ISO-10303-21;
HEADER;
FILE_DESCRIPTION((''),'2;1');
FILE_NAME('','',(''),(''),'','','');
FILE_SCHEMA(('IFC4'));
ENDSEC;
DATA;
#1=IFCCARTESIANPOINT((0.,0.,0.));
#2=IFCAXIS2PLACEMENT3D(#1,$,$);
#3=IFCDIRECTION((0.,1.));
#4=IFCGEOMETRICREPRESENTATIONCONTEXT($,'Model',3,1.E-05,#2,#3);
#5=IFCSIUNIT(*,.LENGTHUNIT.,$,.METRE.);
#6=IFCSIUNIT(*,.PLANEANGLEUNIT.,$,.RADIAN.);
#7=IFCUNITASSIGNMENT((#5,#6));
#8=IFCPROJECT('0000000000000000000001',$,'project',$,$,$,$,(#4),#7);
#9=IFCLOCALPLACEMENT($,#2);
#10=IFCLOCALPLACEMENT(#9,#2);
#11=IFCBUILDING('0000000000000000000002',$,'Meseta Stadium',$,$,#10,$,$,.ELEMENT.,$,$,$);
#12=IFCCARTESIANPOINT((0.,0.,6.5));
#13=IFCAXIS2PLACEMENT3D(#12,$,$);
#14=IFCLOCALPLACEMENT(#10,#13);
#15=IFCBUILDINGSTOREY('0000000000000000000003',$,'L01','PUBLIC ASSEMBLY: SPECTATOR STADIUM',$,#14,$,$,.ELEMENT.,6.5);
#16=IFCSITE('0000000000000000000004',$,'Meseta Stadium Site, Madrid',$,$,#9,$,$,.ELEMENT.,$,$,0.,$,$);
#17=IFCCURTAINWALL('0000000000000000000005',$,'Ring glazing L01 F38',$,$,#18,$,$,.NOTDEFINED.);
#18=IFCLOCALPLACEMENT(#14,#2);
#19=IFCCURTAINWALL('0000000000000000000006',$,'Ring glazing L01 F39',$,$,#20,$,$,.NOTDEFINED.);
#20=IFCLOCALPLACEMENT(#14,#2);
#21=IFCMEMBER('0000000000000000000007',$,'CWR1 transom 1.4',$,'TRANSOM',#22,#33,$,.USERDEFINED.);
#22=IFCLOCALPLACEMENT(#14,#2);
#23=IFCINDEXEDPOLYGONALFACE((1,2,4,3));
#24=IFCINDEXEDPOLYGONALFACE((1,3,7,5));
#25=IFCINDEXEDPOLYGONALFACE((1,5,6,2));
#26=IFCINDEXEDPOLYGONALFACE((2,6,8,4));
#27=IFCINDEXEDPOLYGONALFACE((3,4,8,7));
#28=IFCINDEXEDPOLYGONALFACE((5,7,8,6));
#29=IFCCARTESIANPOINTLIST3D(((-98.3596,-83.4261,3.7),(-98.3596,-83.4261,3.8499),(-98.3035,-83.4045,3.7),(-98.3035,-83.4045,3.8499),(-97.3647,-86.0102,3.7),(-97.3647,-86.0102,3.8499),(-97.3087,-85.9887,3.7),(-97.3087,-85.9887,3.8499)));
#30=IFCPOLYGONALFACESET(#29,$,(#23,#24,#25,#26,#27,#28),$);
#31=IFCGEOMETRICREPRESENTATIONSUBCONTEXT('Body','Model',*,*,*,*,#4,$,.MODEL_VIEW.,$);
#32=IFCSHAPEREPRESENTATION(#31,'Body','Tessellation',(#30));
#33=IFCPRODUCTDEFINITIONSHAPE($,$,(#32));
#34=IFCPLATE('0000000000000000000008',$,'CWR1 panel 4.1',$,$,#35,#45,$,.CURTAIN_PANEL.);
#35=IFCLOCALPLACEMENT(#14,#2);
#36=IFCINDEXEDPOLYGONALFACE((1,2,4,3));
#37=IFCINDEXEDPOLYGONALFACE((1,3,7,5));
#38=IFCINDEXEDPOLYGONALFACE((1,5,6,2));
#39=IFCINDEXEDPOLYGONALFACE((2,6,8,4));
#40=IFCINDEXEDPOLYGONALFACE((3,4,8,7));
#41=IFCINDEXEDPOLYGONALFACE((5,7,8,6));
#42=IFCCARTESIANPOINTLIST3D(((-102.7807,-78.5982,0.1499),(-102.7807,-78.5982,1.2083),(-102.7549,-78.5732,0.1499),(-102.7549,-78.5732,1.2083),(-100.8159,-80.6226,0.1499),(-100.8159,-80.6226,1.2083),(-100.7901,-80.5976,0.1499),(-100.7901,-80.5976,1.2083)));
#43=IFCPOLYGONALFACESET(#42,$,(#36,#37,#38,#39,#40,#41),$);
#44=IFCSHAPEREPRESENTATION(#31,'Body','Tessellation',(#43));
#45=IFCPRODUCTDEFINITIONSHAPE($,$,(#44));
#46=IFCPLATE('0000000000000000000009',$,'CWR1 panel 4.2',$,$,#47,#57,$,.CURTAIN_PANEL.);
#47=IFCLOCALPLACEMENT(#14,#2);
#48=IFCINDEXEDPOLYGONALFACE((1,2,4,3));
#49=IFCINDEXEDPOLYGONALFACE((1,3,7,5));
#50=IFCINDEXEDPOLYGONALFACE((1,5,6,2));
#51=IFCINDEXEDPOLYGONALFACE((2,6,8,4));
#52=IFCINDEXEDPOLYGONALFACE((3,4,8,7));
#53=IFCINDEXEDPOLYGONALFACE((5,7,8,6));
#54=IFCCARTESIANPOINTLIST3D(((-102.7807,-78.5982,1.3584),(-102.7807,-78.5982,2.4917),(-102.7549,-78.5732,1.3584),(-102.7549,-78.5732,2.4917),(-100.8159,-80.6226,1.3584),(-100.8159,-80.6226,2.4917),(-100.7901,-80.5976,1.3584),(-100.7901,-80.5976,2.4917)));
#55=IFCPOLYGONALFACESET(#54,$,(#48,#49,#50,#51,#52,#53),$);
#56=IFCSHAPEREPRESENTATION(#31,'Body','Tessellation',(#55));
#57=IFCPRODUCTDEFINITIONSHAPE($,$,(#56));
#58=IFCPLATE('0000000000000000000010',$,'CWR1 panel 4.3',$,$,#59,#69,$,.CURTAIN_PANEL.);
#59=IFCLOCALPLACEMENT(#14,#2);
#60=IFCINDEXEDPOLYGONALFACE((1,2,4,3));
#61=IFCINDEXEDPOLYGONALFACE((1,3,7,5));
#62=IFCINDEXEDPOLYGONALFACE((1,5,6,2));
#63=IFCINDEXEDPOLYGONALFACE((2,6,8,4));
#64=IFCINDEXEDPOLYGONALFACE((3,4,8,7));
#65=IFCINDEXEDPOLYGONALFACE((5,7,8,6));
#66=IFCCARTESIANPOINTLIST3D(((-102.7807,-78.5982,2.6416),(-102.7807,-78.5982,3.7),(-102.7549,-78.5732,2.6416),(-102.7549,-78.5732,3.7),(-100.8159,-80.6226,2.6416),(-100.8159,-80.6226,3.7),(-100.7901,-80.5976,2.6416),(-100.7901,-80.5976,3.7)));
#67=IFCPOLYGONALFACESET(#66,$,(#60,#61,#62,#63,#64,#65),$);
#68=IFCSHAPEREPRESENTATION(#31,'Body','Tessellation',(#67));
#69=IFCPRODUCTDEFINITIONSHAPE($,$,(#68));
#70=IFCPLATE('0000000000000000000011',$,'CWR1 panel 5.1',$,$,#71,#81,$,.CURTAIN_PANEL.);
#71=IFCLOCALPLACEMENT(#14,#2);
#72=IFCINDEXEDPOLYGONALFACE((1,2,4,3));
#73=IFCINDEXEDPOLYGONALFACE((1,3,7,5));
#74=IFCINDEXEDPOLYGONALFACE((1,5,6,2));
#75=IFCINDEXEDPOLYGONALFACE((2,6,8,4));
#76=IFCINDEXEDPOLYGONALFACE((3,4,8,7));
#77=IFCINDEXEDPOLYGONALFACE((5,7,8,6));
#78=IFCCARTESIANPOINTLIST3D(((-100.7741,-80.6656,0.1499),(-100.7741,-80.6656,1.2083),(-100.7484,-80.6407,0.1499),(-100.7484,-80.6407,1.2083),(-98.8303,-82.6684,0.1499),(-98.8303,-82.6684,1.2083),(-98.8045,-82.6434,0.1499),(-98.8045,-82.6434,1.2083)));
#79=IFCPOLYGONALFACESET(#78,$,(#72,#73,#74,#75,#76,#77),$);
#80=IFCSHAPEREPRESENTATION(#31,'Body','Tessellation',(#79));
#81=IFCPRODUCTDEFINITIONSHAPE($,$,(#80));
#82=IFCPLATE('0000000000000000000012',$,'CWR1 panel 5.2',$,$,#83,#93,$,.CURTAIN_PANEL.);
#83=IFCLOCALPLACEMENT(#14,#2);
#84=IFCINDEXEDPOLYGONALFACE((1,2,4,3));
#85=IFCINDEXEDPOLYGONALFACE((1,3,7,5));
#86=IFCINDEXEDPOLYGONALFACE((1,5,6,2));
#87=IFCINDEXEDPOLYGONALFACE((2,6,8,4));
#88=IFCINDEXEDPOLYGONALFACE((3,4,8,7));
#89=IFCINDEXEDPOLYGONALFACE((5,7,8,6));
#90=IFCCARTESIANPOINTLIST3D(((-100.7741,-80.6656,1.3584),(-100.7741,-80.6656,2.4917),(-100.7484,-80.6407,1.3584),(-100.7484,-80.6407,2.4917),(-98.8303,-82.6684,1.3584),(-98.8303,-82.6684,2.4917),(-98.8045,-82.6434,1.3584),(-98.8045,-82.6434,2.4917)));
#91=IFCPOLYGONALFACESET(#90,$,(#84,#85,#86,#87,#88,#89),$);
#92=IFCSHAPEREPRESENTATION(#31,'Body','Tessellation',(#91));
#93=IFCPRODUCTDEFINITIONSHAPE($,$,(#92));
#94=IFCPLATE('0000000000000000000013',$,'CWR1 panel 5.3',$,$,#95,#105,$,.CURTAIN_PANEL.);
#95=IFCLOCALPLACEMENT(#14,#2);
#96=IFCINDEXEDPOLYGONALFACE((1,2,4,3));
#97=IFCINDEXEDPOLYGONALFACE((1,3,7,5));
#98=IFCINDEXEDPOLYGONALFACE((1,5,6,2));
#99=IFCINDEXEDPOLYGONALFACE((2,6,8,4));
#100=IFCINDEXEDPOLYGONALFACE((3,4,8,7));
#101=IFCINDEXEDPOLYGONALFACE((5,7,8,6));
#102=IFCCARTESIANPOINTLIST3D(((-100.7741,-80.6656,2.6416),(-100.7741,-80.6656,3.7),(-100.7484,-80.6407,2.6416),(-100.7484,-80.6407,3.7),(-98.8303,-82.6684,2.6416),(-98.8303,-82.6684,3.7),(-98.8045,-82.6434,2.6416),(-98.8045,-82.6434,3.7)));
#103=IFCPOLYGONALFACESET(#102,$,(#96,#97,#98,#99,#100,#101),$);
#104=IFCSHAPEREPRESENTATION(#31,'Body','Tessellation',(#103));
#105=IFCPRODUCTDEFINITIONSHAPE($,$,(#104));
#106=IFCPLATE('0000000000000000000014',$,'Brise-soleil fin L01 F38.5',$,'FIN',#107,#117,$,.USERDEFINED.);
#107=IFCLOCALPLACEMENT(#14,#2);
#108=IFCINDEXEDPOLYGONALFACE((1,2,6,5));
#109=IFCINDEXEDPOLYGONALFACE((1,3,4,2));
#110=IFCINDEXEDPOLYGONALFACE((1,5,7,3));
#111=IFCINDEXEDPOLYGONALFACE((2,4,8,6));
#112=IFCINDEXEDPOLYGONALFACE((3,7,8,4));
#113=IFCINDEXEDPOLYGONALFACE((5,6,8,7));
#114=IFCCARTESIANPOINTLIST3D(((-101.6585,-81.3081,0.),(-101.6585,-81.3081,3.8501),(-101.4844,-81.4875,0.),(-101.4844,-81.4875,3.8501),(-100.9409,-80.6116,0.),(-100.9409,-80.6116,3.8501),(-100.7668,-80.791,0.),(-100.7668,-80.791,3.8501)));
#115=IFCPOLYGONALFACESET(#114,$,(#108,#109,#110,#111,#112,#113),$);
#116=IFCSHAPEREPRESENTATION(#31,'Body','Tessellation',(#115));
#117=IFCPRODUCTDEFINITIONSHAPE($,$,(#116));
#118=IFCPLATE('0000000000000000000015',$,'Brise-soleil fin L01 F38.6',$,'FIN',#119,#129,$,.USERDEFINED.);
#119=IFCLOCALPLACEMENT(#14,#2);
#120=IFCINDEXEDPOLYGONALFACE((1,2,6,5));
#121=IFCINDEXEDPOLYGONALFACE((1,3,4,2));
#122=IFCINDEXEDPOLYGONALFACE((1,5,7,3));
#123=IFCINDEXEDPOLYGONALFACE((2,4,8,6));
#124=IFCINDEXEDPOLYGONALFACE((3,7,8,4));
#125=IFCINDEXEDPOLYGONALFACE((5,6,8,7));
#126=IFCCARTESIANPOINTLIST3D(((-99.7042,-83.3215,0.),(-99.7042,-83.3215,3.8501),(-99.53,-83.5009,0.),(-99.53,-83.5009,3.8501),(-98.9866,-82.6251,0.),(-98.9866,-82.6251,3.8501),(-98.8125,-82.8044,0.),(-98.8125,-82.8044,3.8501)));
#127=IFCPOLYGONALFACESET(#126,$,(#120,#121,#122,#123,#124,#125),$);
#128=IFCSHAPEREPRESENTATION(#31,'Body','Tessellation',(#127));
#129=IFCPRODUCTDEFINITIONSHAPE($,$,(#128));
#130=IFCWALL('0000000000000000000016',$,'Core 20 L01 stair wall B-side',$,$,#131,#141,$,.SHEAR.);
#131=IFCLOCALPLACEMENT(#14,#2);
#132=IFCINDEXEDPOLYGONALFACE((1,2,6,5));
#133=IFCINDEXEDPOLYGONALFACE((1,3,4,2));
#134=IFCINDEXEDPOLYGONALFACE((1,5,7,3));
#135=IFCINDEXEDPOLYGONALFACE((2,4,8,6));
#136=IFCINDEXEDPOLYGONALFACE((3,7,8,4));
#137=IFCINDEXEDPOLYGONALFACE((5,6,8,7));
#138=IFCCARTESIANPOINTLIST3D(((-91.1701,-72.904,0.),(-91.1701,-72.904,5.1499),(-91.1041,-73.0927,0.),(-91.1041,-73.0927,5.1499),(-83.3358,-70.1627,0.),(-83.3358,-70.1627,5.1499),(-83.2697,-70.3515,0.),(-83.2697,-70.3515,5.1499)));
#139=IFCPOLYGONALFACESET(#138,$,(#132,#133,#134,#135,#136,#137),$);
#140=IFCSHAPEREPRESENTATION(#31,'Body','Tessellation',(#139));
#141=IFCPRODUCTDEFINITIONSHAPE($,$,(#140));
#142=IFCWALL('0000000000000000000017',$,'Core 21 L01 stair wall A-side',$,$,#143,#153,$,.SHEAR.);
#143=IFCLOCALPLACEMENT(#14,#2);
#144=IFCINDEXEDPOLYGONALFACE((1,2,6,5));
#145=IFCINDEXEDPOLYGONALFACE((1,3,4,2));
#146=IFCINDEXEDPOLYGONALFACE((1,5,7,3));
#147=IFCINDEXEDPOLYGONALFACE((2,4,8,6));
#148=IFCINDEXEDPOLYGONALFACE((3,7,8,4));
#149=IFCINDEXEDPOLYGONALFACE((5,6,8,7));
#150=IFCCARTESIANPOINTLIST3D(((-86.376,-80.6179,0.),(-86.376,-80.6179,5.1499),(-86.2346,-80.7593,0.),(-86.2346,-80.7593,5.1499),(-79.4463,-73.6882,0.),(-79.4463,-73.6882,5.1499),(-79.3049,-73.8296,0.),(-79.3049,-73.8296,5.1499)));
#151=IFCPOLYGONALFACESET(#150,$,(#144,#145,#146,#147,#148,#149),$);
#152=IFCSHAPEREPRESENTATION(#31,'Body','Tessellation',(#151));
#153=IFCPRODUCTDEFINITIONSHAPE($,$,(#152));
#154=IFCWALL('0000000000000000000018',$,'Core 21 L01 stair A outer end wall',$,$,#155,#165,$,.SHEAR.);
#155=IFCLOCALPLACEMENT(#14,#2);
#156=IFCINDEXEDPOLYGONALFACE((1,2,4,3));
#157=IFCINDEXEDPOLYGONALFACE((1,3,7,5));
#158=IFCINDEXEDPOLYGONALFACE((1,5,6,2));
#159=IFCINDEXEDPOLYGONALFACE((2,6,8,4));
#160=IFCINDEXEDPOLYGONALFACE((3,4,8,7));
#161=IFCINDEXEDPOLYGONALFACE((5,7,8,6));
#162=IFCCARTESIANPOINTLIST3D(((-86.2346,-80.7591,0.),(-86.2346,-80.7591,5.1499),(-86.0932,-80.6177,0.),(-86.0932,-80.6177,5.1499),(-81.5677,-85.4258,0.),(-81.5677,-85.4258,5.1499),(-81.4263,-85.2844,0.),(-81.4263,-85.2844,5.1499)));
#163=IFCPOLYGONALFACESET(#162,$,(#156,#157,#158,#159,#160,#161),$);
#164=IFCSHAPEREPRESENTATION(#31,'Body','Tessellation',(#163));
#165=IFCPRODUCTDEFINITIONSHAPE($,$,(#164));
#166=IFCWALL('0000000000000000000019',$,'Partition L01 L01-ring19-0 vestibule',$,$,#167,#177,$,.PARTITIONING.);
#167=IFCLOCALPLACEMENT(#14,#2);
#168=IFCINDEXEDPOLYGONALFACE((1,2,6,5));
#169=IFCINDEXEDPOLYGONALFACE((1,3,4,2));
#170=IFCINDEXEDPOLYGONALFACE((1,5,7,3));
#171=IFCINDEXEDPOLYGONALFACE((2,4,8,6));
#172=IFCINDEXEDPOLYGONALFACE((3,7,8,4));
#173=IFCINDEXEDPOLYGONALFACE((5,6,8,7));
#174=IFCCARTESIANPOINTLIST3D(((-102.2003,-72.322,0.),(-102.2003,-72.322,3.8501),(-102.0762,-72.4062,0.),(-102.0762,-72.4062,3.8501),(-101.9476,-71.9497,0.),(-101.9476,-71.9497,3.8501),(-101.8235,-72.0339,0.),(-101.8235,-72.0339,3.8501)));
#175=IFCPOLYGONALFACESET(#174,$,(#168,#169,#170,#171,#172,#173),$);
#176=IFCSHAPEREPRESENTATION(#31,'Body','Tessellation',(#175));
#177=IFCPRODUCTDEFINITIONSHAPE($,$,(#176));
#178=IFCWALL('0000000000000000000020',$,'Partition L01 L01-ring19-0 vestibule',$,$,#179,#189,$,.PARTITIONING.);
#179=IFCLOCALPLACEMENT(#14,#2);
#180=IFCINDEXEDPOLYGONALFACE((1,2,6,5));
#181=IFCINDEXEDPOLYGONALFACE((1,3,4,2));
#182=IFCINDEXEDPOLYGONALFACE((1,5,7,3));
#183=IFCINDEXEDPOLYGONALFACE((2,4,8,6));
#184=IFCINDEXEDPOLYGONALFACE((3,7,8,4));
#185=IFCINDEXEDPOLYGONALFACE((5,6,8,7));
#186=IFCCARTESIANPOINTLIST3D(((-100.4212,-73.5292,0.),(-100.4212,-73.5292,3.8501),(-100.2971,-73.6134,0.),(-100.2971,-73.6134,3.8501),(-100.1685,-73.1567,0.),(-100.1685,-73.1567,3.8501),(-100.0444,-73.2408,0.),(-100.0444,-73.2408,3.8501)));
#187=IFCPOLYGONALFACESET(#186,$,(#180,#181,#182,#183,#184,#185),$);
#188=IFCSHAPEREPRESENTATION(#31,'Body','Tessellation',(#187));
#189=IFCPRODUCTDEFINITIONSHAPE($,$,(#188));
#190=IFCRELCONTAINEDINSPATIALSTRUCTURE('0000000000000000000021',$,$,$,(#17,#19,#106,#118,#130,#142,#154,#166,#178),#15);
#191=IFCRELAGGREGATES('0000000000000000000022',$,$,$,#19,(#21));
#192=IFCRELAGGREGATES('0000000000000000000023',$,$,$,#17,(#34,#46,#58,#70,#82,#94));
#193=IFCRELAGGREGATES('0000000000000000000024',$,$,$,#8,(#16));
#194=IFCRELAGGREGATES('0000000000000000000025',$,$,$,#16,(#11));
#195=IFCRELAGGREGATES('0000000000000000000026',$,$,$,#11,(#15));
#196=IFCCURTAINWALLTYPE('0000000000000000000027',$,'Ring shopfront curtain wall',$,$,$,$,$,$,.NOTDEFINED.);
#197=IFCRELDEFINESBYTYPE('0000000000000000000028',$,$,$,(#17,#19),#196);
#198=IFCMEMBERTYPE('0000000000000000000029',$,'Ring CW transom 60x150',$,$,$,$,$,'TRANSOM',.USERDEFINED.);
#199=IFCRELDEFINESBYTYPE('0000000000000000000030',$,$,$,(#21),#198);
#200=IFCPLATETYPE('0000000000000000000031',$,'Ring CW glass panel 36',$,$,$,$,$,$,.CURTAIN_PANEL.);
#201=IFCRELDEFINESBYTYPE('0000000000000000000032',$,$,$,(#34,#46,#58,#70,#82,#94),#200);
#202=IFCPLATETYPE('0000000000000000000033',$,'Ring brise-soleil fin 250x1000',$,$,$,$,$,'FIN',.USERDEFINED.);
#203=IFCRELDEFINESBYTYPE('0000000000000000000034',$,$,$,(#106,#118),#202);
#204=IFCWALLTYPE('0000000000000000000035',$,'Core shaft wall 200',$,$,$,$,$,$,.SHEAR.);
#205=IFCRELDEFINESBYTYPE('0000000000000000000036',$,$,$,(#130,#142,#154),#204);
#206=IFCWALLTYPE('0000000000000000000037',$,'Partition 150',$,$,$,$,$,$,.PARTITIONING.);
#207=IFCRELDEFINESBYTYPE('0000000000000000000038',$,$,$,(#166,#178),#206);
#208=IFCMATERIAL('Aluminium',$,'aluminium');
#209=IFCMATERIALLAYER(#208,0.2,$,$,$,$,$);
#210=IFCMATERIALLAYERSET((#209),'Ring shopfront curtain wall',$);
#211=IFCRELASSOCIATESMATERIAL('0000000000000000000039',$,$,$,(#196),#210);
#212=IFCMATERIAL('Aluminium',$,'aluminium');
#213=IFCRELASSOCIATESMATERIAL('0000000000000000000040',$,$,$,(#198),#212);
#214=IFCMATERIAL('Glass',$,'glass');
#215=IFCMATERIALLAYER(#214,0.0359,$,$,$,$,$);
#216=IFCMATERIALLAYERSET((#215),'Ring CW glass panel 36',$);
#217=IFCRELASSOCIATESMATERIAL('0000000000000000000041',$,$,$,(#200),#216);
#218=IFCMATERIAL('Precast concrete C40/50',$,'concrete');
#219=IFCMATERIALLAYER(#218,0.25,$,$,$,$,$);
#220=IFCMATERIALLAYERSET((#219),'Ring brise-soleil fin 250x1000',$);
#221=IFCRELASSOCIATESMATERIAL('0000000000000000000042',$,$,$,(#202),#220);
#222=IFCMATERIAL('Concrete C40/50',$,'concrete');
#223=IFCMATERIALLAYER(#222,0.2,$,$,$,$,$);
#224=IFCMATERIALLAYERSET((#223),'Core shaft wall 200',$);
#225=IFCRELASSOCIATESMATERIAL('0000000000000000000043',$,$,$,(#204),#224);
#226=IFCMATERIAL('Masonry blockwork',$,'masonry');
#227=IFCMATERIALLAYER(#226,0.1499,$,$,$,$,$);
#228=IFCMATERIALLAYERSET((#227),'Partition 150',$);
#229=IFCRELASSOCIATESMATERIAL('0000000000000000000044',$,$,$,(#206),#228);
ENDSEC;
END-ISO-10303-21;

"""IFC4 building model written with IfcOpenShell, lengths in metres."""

from ifc_helpers import new_model, si_unit, direction, frame, frame_2d, origin, origin_2d, place, context, subcontext, project, spatial, rectangle, extrude, material, layer, layer_set, material_profile, profile_set, type_object, element, aggregate, save


model = new_model("IFC4")

# Units and contexts
model_context = context("Model", 3, precision=1e-05, world=origin(), true_north=direction((0.0, 1.0)))
body_context = subcontext(model_context, "Body", "Model", "MODEL_VIEW")
ifc_project = project(units=[si_unit("LENGTHUNIT", "METRE"), si_unit("PLANEANGLEUNIT", "RADIAN")], contexts=[model_context])

# Site, building, storey
site_placement = place(None, origin())
site = spatial("IfcSite", under=ifc_project, at=site_placement, Name="Meseta Stadium Site, Madrid", CompositionType="ELEMENT", RefElevation=0.0)
building_placement = place(site_placement, origin())
building = spatial("IfcBuilding", under=site, at=building_placement, Name="Meseta Stadium", CompositionType="ELEMENT")
storey_placement = place(building_placement, frame((0.0, 0.0, 6.5)))
storey = spatial("IfcBuildingStorey", under=building, at=storey_placement, Name="L01", Description="PUBLIC ASSEMBLY: SPECTATOR STADIUM", CompositionType="ELEMENT", Elevation=6.5)

# Curtain wall
ifc_material_1 = material(Name="Aluminium", Category="aluminium")
ifc_layer_1 = layer(ifc_material_1, 0.2)
ifc_layer_set_1 = layer_set([ifc_layer_1], Name="Ring shopfront curtain wall")
curtain_wall_type = type_object("IfcCurtainWallType", Name="Ring shopfront curtain wall", PredefinedType="NOTDEFINED", material=ifc_layer_set_1)
curtain_wall_1_placement = place(storey_placement, origin())
curtain_wall_1 = element("IfcCurtainWall", 1, at=curtain_wall_1_placement, inside=storey, type_object=curtain_wall_type, Name="Ring glazing L01 F38", PredefinedType="NOTDEFINED")

# Curtain wall
curtain_wall_2_placement = place(storey_placement, origin())
curtain_wall_2 = element("IfcCurtainWall", 2, at=curtain_wall_2_placement, inside=storey, type_object=curtain_wall_type, Name="Ring glazing L01 F39", PredefinedType="NOTDEFINED")

# Member
ifc_material_2 = material(Name="Aluminium", Category="aluminium")
ifc_material_profile_1 = material_profile(ifc_material_2, rectangle(XDim=0.0601, YDim=0.1499, at=origin_2d()), Name="CW 60x150")
ifc_profile_set_1 = profile_set([ifc_material_profile_1], Name="Aluminium")
member_type_1 = type_object("IfcMemberType", Name="Ring CW transom 60x150", ElementType="TRANSOM", PredefinedType="USERDEFINED", material=ifc_profile_set_1)
member_1_placement = place(storey_placement, frame((-98.3315, -83.4153, 3.7749), z_axis=(0.359274, -0.933232, 0.0), x_axis=(0.933232, 0.359274, 0.0)))
member_1 = element("IfcMember", 3, at=member_1_placement, type_object=member_type_1, Name="CWR1 transom 1.4", ObjectType="TRANSOM", PredefinedType="USERDEFINED", context=body_context, shape_type="SweptSolid", body=[
    extrude(rectangle(XDim=0.0601, YDim=0.1499, at=origin_2d()), origin(), (0.0, 0.0, 1.0), 2.769),
])
aggregate(curtain_wall_2, [member_1])

# Plates
ifc_material_3 = material(Name="Glass", Category="glass")
ifc_layer_2 = layer(ifc_material_3, 0.0359)
ifc_layer_set_2 = layer_set([ifc_layer_2], Name="Ring CW glass panel 36")
plate_type_1 = type_object("IfcPlateType", Name="Ring CW glass panel 36", PredefinedType="CURTAIN_PANEL", material=ifc_layer_set_2)
plate_1_placement = place(storey_placement, frame((-101.7854, -79.5979, 0.1499), z_axis=(0.0, 0.0, 1.0), x_axis=(0.696473, -0.717583, 0.0)))
plate_1 = element("IfcPlate", 4, at=plate_1_placement, type_object=plate_type_1, Name="CWR1 panel 4.1", PredefinedType="CURTAIN_PANEL", context=body_context, shape_type="SweptSolid", body=[
    extrude(rectangle(XDim=2.821, YDim=0.0359, at=origin_2d()), origin(), (0.0, 0.0, 1.0), 1.0583),
])
plate_2_placement = place(storey_placement, frame((-101.7854, -79.5979, 1.3584), z_axis=(0.0, 0.0, 1.0), x_axis=(0.696473, -0.717583, 0.0)))
plate_2 = element("IfcPlate", 5, at=plate_2_placement, type_object=plate_type_1, Name="CWR1 panel 4.2", PredefinedType="CURTAIN_PANEL", context=body_context, shape_type="SweptSolid", body=[
    extrude(rectangle(XDim=2.821, YDim=0.0359, at=origin_2d()), origin(), (0.0, 0.0, 1.0), 1.1333),
])
plate_3_placement = place(storey_placement, frame((-101.7854, -79.5979, 2.6416), z_axis=(0.0, 0.0, 1.0), x_axis=(0.696473, -0.717583, 0.0)))
plate_3 = element("IfcPlate", 6, at=plate_3_placement, type_object=plate_type_1, Name="CWR1 panel 4.3", PredefinedType="CURTAIN_PANEL", context=body_context, shape_type="SweptSolid", body=[
    extrude(rectangle(XDim=2.821, YDim=0.0359, at=origin_2d()), origin(), (0.0, 0.0, 1.0), 1.0583),
])
plate_4_placement = place(storey_placement, frame((-99.7893, -81.6545, 0.1499), z_axis=(0.0, 0.0, 1.0), x_axis=(0.696473, -0.717583, 0.0)))
plate_4 = element("IfcPlate", 7, at=plate_4_placement, type_object=plate_type_1, Name="CWR1 panel 5.1", PredefinedType="CURTAIN_PANEL", context=body_context, shape_type="SweptSolid", body=[
    extrude(rectangle(XDim=2.791, YDim=0.0359, at=origin_2d()), origin(), (0.0, 0.0, 1.0), 1.0583),
])
plate_5_placement = place(storey_placement, frame((-99.7893, -81.6545, 1.3584), z_axis=(0.0, 0.0, 1.0), x_axis=(0.696473, -0.717583, 0.0)))
plate_5 = element("IfcPlate", 8, at=plate_5_placement, type_object=plate_type_1, Name="CWR1 panel 5.2", PredefinedType="CURTAIN_PANEL", context=body_context, shape_type="SweptSolid", body=[
    extrude(rectangle(XDim=2.791, YDim=0.0359, at=origin_2d()), origin(), (0.0, 0.0, 1.0), 1.1333),
])
plate_6_placement = place(storey_placement, frame((-99.7893, -81.6545, 2.6416), z_axis=(0.0, 0.0, 1.0), x_axis=(0.696473, -0.717583, 0.0)))
plate_6 = element("IfcPlate", 9, at=plate_6_placement, type_object=plate_type_1, Name="CWR1 panel 5.3", PredefinedType="CURTAIN_PANEL", context=body_context, shape_type="SweptSolid", body=[
    extrude(rectangle(XDim=2.791, YDim=0.0359, at=origin_2d()), origin(), (0.0, 0.0, 1.0), 1.0583),
])
aggregate(curtain_wall_1, [plate_1, plate_2, plate_3, plate_4, plate_5, plate_6])

# Plates
ifc_material_4 = material(Name="Precast concrete C40/50", Category="concrete")
ifc_layer_3 = layer(ifc_material_4, 0.25)
ifc_layer_set_3 = layer_set([ifc_layer_3], Name="Ring brise-soleil fin 250x1000")
plate_type_2 = type_object("IfcPlateType", Name="Ring brise-soleil fin 250x1000", ElementType="FIN", PredefinedType="USERDEFINED", material=ifc_layer_set_3)
for number, where, z_axis, x_axis, name in (
    (10, (-101.2126, -81.0496, 0.0), (0.0, 0.0, 1.0), (0.696475, -0.717581, 0.0), "Brise-soleil fin L01 F38.5"),
    (11, (-99.2583, -83.063, 0.0), (0.0, 0.0, 1.0), (0.696475, -0.717581, 0.0), "Brise-soleil fin L01 F38.6"),
):
    element("IfcPlate", number, at=place(storey_placement, frame(where, z_axis=z_axis, x_axis=x_axis)), inside=storey, type_object=plate_type_2, Name=name, ObjectType="FIN", PredefinedType="USERDEFINED", context=body_context, shape_type="SweptSolid", body=[
        extrude(rectangle(XDim=0.25, YDim=1.0, at=origin_2d()), origin(), (0.0, 0.0, 1.0), 3.8501),
    ])

# Walls
ifc_material_5 = material(Name="Concrete C40/50", Category="concrete")
ifc_layer_4 = layer(ifc_material_5, 0.2)
ifc_layer_set_4 = layer_set([ifc_layer_4], Name="Core shaft wall 200")
wall_type_1 = type_object("IfcWallType", Name="Core shaft wall 200", PredefinedType="SHEAR", material=ifc_layer_set_4)
wall_1_placement = place(storey_placement, frame((-91.137, -72.9983, 0.0), z_axis=(0.0, 0.0, 1.0), x_axis=(0.943887, 0.330268, 0.0)))
element("IfcWall", 12, at=wall_1_placement, inside=storey, type_object=wall_type_1, Name="Core 20 L01 stair wall B-side", PredefinedType="SHEAR", context=body_context, shape_type="SweptSolid", body=[
    extrude(rectangle(XDim=8.3, YDim=0.2, at=frame_2d((4.1499, 0.0))), origin(), (0.0, 0.0, 1.0), 5.1499),
])
wall_2_placement = place(storey_placement, frame((-86.3052, -80.6885, 0.0), z_axis=(0.0, 0.0, 1.0), x_axis=(0.707107, 0.707107, 0.0)))
element("IfcWall", 13, at=wall_2_placement, inside=storey, type_object=wall_type_1, Name="Core 21 L01 stair wall A-side", PredefinedType="SHEAR", context=body_context, shape_type="SweptSolid", body=[
    extrude(rectangle(XDim=9.8, YDim=0.2, at=frame_2d((4.8999, 0.0))), origin(), (0.0, 0.0, 1.0), 5.1499),
])
wall_3_placement = place(storey_placement, frame((-86.1638, -80.6885, 0.0), z_axis=(0.0, 0.0, 1.0), x_axis=(0.707125, -0.707088, 0.0)))
element("IfcWall", 14, at=wall_3_placement, inside=storey, type_object=wall_type_1, Name="Core 21 L01 stair A outer end wall", PredefinedType="SHEAR", context=body_context, shape_type="SweptSolid", body=[
    extrude(rectangle(XDim=6.5999, YDim=0.2, at=frame_2d((3.2998, 0.0))), origin(), (0.0, 0.0, 1.0), 5.1499),
])
ifc_material_6 = material(Name="Masonry blockwork", Category="masonry")
ifc_layer_5 = layer(ifc_material_6, 0.1499)
ifc_layer_set_5 = layer_set([ifc_layer_5], Name="Partition 150")
wall_type_2 = type_object("IfcWallType", Name="Partition 150", PredefinedType="PARTITIONING", material=ifc_layer_set_5)
wall_4_placement = place(storey_placement, frame((-101.8855, -71.9917, 0.0), z_axis=(0.0, 0.0, 1.0), x_axis=(-0.561568, -0.827431, 0.0)))
element("IfcWall", 15, at=wall_4_placement, inside=storey, type_object=wall_type_2, Name="Partition L01 L01-ring19-0 vestibule", PredefinedType="PARTITIONING", context=body_context, shape_type="SweptSolid", body=[
    extrude(rectangle(XDim=0.45, YDim=0.1499, at=frame_2d((0.2251, 0.0))), origin(), (0.0, 0.0, 1.0), 3.8501),
])
wall_5_placement = place(storey_placement, frame((-100.1064, -73.1987, 0.0), z_axis=(0.0, 0.0, 1.0), x_axis=(-0.561316, -0.827602, 0.0)))
element("IfcWall", 16, at=wall_5_placement, inside=storey, type_object=wall_type_2, Name="Partition L01 L01-ring19-0 vestibule", PredefinedType="PARTITIONING", context=body_context, shape_type="SweptSolid", body=[
    extrude(rectangle(XDim=0.4502, YDim=0.1499, at=frame_2d((0.2251, 0.0))), origin(), (0.0, 0.0, 1.0), 3.8501),
])

save(model, "model.ifc")
